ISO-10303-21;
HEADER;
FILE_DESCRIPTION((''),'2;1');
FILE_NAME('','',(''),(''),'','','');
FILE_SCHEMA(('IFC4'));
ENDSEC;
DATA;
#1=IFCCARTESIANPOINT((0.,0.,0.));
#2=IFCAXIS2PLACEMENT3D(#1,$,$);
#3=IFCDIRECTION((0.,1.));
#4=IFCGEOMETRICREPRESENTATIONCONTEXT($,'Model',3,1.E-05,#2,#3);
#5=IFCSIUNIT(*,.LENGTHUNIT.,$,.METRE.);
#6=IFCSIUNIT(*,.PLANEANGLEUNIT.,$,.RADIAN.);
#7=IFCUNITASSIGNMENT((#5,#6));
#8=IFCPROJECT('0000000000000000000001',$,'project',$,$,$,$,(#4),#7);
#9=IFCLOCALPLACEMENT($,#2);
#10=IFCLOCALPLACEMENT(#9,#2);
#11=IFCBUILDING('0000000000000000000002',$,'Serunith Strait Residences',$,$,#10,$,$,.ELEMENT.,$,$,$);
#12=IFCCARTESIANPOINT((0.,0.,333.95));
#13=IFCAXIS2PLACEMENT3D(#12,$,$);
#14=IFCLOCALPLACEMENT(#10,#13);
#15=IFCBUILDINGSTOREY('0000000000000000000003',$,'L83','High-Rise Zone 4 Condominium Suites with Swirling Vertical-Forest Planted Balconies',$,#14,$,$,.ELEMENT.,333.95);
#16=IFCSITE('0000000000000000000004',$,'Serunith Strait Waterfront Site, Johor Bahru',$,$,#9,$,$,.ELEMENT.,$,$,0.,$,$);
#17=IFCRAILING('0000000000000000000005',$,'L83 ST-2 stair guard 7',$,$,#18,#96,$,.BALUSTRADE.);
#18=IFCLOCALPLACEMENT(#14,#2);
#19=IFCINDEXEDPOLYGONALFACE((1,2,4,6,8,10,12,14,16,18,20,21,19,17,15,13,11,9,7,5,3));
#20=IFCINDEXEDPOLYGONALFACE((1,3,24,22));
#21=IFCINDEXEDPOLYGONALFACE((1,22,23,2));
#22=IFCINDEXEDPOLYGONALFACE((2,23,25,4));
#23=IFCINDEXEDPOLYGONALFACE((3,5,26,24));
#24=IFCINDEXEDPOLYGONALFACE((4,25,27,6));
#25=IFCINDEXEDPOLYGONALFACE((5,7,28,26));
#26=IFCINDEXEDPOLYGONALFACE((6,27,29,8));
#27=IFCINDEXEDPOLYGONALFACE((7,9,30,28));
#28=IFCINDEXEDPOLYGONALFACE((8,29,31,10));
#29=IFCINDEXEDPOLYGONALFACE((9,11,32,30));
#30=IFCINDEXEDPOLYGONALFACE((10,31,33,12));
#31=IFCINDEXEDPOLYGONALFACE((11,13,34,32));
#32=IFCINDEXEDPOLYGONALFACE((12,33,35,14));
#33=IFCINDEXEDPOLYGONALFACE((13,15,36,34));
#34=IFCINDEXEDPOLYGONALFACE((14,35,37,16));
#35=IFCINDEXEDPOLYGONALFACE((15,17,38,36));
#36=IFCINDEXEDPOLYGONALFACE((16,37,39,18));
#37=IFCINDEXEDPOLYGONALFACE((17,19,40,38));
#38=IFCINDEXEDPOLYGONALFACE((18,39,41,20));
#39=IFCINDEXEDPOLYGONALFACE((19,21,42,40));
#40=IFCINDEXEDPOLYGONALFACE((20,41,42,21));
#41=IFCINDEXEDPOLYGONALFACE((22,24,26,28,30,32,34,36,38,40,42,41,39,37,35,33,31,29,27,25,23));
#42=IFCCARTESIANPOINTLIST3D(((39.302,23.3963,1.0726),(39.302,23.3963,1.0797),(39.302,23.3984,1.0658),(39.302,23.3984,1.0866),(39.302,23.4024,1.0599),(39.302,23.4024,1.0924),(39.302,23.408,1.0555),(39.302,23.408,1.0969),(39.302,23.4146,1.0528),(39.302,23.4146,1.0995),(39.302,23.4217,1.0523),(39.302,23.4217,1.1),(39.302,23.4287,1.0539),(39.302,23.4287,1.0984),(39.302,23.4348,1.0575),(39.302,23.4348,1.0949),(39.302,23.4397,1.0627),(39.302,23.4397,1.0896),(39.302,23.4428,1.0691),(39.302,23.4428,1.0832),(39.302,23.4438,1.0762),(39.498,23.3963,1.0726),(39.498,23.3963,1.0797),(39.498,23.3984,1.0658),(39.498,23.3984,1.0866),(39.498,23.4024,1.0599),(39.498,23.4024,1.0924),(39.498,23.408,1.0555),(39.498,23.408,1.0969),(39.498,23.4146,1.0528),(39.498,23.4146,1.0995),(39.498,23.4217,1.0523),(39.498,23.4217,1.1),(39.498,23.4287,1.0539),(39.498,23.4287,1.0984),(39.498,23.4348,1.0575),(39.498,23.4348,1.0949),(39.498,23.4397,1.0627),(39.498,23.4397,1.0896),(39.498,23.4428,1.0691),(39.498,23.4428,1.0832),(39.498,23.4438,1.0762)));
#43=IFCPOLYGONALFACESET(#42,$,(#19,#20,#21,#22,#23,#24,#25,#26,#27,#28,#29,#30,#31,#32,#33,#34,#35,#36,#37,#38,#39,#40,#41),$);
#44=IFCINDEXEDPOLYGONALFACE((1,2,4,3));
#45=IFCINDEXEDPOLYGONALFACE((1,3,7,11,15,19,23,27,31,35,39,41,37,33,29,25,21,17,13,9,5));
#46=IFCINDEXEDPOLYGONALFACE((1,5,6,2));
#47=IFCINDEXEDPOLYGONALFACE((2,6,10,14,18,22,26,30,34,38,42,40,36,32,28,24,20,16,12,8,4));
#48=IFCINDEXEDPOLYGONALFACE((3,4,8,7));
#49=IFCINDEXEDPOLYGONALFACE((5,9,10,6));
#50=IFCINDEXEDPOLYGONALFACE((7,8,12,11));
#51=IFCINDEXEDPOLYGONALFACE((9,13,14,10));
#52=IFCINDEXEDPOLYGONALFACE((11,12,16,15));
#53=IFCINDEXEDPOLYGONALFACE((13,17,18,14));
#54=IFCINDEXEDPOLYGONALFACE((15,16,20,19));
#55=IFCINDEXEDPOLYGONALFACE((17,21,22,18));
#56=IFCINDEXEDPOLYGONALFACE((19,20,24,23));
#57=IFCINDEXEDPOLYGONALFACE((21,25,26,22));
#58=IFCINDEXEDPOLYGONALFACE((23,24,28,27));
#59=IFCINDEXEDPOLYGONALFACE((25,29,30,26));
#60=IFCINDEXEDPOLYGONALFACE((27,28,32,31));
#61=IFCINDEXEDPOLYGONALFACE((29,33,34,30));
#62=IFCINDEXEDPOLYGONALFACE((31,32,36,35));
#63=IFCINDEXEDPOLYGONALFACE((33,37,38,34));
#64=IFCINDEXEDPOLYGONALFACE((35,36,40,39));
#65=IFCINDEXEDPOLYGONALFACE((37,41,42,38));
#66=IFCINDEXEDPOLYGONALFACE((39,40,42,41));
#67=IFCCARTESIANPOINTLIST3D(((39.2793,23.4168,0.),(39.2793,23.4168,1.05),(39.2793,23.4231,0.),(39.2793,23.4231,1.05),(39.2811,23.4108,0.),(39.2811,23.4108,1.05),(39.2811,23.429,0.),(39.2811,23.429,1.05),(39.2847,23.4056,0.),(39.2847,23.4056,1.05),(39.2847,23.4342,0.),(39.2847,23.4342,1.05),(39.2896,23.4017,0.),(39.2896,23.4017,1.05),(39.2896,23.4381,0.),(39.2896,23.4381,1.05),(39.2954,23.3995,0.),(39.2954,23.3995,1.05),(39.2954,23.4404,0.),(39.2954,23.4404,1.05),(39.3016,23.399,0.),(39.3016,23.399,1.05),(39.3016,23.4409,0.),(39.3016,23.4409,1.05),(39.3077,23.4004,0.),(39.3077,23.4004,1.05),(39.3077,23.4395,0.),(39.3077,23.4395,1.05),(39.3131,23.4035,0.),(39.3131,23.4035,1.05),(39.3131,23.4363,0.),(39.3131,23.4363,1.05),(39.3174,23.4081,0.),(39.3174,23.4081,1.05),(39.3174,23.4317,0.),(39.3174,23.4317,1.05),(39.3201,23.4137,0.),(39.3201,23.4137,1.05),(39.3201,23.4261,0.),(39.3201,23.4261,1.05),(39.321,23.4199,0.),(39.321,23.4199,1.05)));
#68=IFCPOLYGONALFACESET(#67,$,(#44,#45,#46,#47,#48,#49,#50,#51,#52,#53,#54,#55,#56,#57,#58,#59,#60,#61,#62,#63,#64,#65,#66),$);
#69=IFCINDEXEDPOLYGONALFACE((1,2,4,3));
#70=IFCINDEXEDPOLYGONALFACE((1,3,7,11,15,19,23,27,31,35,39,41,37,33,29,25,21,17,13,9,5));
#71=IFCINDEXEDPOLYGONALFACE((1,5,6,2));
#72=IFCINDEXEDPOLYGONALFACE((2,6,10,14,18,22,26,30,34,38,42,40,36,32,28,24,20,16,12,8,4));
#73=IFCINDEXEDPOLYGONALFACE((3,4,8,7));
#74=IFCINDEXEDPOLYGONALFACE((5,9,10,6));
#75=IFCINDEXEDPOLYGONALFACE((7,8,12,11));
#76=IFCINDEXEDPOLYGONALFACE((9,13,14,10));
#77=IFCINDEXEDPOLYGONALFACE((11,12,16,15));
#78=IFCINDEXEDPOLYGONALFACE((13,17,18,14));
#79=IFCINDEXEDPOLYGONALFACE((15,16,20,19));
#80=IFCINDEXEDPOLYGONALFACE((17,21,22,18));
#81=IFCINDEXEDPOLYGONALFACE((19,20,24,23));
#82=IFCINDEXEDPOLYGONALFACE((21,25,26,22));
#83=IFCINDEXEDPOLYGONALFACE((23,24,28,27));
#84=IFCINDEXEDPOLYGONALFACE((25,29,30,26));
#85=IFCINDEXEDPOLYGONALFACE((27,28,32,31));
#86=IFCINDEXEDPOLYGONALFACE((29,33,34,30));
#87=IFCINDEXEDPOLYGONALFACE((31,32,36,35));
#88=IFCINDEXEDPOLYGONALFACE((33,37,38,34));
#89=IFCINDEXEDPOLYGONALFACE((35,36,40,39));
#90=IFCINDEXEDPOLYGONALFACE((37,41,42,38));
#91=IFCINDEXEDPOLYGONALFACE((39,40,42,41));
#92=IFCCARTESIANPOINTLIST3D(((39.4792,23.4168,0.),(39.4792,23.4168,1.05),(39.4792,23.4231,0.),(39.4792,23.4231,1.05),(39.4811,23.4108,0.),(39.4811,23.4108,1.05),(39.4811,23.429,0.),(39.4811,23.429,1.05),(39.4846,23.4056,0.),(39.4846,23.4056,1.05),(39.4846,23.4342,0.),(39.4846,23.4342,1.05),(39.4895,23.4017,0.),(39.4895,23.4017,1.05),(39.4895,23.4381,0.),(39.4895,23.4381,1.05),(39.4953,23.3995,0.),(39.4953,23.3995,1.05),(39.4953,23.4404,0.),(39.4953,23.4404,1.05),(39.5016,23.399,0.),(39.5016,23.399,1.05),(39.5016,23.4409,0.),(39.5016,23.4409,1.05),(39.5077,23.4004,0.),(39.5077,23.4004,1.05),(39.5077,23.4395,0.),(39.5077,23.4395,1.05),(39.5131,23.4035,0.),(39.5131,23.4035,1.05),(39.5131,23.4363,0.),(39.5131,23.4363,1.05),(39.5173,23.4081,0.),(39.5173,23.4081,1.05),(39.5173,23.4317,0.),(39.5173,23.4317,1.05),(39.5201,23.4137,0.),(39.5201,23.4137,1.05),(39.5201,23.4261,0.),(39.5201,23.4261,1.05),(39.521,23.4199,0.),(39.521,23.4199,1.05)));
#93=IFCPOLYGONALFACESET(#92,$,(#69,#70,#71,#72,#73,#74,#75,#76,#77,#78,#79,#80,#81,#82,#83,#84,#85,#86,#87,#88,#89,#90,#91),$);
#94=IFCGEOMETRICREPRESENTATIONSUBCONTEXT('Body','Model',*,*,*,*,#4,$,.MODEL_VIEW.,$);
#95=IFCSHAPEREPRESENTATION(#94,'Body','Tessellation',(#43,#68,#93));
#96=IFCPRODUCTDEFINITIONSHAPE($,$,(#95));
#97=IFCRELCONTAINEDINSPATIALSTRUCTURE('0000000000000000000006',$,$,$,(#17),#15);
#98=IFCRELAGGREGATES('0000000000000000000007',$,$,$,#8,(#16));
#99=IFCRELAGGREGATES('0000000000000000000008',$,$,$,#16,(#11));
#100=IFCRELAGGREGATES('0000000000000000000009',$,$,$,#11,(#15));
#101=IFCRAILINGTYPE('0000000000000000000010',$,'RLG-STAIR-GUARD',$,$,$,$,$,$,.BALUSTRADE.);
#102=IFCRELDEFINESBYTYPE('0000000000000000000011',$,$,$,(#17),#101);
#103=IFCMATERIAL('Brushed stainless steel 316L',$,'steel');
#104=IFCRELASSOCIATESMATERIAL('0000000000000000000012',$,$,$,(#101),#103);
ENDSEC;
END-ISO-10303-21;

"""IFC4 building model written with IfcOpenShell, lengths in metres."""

from ifc_helpers import new_model, si_unit, direction, frame, origin, origin_2d, place, context, subcontext, project, spatial, circle, extrude, material, type_object, element, save


model = new_model("IFC4")

# Units and contexts
model_context = context("Model", 3, precision=1e-05, world=origin(), true_north=direction((0.0, 1.0)))
body_context = subcontext(model_context, "Body", "Model", "MODEL_VIEW")
ifc_project = project(units=[si_unit("LENGTHUNIT", "METRE"), si_unit("PLANEANGLEUNIT", "RADIAN")], contexts=[model_context])

# Site, building, storey
site_placement = place(None, origin())
site = spatial("IfcSite", under=ifc_project, at=site_placement, Name="Serunith Strait Waterfront Site, Johor Bahru", CompositionType="ELEMENT", RefElevation=0.0)
building_placement = place(site_placement, origin())
building = spatial("IfcBuilding", under=site, at=building_placement, Name="Serunith Strait Residences", CompositionType="ELEMENT")
storey_placement = place(building_placement, frame((0.0, 0.0, 333.95)))
storey = spatial("IfcBuildingStorey", under=building, at=storey_placement, Name="L83", Description="High-Rise Zone 4 Condominium Suites with Swirling Vertical-Forest Planted Balconies", CompositionType="ELEMENT", Elevation=333.95)

# Railing
ifc_material_1 = material(Name="Brushed stainless steel 316L", Category="steel")
railing_type_1 = type_object("IfcRailingType", Name="RLG-STAIR-GUARD", PredefinedType="BALUSTRADE", material=ifc_material_1)
railing_1_placement = place(storey_placement, frame((39.3, 23.4199, 0.0)))
element("IfcRailing", 1, at=railing_1_placement, inside=storey, type_object=railing_type_1, Name="L83 ST-2 stair guard 7", PredefinedType="BALUSTRADE", context=body_context, shape_type="SweptSolid", body=[
    extrude(circle(Radius=0.0239, at=origin_2d()), frame((0.002, 0.0, 1.0762), z_axis=(1.0, 0.0, 0.0), x_axis=(0.0, 1.0, 0.0)), (0.0, 0.0, 1.0), 0.196),
    extrude(circle(Radius=0.021, at=origin_2d()), origin(), (0.0, 0.0, 1.0), 1.05),
    extrude(circle(Radius=0.021, at=origin_2d()), frame((0.2, 0.0, 0.0)), (0.0, 0.0, 1.0), 1.05),
])

save(model, "model.ifc")
